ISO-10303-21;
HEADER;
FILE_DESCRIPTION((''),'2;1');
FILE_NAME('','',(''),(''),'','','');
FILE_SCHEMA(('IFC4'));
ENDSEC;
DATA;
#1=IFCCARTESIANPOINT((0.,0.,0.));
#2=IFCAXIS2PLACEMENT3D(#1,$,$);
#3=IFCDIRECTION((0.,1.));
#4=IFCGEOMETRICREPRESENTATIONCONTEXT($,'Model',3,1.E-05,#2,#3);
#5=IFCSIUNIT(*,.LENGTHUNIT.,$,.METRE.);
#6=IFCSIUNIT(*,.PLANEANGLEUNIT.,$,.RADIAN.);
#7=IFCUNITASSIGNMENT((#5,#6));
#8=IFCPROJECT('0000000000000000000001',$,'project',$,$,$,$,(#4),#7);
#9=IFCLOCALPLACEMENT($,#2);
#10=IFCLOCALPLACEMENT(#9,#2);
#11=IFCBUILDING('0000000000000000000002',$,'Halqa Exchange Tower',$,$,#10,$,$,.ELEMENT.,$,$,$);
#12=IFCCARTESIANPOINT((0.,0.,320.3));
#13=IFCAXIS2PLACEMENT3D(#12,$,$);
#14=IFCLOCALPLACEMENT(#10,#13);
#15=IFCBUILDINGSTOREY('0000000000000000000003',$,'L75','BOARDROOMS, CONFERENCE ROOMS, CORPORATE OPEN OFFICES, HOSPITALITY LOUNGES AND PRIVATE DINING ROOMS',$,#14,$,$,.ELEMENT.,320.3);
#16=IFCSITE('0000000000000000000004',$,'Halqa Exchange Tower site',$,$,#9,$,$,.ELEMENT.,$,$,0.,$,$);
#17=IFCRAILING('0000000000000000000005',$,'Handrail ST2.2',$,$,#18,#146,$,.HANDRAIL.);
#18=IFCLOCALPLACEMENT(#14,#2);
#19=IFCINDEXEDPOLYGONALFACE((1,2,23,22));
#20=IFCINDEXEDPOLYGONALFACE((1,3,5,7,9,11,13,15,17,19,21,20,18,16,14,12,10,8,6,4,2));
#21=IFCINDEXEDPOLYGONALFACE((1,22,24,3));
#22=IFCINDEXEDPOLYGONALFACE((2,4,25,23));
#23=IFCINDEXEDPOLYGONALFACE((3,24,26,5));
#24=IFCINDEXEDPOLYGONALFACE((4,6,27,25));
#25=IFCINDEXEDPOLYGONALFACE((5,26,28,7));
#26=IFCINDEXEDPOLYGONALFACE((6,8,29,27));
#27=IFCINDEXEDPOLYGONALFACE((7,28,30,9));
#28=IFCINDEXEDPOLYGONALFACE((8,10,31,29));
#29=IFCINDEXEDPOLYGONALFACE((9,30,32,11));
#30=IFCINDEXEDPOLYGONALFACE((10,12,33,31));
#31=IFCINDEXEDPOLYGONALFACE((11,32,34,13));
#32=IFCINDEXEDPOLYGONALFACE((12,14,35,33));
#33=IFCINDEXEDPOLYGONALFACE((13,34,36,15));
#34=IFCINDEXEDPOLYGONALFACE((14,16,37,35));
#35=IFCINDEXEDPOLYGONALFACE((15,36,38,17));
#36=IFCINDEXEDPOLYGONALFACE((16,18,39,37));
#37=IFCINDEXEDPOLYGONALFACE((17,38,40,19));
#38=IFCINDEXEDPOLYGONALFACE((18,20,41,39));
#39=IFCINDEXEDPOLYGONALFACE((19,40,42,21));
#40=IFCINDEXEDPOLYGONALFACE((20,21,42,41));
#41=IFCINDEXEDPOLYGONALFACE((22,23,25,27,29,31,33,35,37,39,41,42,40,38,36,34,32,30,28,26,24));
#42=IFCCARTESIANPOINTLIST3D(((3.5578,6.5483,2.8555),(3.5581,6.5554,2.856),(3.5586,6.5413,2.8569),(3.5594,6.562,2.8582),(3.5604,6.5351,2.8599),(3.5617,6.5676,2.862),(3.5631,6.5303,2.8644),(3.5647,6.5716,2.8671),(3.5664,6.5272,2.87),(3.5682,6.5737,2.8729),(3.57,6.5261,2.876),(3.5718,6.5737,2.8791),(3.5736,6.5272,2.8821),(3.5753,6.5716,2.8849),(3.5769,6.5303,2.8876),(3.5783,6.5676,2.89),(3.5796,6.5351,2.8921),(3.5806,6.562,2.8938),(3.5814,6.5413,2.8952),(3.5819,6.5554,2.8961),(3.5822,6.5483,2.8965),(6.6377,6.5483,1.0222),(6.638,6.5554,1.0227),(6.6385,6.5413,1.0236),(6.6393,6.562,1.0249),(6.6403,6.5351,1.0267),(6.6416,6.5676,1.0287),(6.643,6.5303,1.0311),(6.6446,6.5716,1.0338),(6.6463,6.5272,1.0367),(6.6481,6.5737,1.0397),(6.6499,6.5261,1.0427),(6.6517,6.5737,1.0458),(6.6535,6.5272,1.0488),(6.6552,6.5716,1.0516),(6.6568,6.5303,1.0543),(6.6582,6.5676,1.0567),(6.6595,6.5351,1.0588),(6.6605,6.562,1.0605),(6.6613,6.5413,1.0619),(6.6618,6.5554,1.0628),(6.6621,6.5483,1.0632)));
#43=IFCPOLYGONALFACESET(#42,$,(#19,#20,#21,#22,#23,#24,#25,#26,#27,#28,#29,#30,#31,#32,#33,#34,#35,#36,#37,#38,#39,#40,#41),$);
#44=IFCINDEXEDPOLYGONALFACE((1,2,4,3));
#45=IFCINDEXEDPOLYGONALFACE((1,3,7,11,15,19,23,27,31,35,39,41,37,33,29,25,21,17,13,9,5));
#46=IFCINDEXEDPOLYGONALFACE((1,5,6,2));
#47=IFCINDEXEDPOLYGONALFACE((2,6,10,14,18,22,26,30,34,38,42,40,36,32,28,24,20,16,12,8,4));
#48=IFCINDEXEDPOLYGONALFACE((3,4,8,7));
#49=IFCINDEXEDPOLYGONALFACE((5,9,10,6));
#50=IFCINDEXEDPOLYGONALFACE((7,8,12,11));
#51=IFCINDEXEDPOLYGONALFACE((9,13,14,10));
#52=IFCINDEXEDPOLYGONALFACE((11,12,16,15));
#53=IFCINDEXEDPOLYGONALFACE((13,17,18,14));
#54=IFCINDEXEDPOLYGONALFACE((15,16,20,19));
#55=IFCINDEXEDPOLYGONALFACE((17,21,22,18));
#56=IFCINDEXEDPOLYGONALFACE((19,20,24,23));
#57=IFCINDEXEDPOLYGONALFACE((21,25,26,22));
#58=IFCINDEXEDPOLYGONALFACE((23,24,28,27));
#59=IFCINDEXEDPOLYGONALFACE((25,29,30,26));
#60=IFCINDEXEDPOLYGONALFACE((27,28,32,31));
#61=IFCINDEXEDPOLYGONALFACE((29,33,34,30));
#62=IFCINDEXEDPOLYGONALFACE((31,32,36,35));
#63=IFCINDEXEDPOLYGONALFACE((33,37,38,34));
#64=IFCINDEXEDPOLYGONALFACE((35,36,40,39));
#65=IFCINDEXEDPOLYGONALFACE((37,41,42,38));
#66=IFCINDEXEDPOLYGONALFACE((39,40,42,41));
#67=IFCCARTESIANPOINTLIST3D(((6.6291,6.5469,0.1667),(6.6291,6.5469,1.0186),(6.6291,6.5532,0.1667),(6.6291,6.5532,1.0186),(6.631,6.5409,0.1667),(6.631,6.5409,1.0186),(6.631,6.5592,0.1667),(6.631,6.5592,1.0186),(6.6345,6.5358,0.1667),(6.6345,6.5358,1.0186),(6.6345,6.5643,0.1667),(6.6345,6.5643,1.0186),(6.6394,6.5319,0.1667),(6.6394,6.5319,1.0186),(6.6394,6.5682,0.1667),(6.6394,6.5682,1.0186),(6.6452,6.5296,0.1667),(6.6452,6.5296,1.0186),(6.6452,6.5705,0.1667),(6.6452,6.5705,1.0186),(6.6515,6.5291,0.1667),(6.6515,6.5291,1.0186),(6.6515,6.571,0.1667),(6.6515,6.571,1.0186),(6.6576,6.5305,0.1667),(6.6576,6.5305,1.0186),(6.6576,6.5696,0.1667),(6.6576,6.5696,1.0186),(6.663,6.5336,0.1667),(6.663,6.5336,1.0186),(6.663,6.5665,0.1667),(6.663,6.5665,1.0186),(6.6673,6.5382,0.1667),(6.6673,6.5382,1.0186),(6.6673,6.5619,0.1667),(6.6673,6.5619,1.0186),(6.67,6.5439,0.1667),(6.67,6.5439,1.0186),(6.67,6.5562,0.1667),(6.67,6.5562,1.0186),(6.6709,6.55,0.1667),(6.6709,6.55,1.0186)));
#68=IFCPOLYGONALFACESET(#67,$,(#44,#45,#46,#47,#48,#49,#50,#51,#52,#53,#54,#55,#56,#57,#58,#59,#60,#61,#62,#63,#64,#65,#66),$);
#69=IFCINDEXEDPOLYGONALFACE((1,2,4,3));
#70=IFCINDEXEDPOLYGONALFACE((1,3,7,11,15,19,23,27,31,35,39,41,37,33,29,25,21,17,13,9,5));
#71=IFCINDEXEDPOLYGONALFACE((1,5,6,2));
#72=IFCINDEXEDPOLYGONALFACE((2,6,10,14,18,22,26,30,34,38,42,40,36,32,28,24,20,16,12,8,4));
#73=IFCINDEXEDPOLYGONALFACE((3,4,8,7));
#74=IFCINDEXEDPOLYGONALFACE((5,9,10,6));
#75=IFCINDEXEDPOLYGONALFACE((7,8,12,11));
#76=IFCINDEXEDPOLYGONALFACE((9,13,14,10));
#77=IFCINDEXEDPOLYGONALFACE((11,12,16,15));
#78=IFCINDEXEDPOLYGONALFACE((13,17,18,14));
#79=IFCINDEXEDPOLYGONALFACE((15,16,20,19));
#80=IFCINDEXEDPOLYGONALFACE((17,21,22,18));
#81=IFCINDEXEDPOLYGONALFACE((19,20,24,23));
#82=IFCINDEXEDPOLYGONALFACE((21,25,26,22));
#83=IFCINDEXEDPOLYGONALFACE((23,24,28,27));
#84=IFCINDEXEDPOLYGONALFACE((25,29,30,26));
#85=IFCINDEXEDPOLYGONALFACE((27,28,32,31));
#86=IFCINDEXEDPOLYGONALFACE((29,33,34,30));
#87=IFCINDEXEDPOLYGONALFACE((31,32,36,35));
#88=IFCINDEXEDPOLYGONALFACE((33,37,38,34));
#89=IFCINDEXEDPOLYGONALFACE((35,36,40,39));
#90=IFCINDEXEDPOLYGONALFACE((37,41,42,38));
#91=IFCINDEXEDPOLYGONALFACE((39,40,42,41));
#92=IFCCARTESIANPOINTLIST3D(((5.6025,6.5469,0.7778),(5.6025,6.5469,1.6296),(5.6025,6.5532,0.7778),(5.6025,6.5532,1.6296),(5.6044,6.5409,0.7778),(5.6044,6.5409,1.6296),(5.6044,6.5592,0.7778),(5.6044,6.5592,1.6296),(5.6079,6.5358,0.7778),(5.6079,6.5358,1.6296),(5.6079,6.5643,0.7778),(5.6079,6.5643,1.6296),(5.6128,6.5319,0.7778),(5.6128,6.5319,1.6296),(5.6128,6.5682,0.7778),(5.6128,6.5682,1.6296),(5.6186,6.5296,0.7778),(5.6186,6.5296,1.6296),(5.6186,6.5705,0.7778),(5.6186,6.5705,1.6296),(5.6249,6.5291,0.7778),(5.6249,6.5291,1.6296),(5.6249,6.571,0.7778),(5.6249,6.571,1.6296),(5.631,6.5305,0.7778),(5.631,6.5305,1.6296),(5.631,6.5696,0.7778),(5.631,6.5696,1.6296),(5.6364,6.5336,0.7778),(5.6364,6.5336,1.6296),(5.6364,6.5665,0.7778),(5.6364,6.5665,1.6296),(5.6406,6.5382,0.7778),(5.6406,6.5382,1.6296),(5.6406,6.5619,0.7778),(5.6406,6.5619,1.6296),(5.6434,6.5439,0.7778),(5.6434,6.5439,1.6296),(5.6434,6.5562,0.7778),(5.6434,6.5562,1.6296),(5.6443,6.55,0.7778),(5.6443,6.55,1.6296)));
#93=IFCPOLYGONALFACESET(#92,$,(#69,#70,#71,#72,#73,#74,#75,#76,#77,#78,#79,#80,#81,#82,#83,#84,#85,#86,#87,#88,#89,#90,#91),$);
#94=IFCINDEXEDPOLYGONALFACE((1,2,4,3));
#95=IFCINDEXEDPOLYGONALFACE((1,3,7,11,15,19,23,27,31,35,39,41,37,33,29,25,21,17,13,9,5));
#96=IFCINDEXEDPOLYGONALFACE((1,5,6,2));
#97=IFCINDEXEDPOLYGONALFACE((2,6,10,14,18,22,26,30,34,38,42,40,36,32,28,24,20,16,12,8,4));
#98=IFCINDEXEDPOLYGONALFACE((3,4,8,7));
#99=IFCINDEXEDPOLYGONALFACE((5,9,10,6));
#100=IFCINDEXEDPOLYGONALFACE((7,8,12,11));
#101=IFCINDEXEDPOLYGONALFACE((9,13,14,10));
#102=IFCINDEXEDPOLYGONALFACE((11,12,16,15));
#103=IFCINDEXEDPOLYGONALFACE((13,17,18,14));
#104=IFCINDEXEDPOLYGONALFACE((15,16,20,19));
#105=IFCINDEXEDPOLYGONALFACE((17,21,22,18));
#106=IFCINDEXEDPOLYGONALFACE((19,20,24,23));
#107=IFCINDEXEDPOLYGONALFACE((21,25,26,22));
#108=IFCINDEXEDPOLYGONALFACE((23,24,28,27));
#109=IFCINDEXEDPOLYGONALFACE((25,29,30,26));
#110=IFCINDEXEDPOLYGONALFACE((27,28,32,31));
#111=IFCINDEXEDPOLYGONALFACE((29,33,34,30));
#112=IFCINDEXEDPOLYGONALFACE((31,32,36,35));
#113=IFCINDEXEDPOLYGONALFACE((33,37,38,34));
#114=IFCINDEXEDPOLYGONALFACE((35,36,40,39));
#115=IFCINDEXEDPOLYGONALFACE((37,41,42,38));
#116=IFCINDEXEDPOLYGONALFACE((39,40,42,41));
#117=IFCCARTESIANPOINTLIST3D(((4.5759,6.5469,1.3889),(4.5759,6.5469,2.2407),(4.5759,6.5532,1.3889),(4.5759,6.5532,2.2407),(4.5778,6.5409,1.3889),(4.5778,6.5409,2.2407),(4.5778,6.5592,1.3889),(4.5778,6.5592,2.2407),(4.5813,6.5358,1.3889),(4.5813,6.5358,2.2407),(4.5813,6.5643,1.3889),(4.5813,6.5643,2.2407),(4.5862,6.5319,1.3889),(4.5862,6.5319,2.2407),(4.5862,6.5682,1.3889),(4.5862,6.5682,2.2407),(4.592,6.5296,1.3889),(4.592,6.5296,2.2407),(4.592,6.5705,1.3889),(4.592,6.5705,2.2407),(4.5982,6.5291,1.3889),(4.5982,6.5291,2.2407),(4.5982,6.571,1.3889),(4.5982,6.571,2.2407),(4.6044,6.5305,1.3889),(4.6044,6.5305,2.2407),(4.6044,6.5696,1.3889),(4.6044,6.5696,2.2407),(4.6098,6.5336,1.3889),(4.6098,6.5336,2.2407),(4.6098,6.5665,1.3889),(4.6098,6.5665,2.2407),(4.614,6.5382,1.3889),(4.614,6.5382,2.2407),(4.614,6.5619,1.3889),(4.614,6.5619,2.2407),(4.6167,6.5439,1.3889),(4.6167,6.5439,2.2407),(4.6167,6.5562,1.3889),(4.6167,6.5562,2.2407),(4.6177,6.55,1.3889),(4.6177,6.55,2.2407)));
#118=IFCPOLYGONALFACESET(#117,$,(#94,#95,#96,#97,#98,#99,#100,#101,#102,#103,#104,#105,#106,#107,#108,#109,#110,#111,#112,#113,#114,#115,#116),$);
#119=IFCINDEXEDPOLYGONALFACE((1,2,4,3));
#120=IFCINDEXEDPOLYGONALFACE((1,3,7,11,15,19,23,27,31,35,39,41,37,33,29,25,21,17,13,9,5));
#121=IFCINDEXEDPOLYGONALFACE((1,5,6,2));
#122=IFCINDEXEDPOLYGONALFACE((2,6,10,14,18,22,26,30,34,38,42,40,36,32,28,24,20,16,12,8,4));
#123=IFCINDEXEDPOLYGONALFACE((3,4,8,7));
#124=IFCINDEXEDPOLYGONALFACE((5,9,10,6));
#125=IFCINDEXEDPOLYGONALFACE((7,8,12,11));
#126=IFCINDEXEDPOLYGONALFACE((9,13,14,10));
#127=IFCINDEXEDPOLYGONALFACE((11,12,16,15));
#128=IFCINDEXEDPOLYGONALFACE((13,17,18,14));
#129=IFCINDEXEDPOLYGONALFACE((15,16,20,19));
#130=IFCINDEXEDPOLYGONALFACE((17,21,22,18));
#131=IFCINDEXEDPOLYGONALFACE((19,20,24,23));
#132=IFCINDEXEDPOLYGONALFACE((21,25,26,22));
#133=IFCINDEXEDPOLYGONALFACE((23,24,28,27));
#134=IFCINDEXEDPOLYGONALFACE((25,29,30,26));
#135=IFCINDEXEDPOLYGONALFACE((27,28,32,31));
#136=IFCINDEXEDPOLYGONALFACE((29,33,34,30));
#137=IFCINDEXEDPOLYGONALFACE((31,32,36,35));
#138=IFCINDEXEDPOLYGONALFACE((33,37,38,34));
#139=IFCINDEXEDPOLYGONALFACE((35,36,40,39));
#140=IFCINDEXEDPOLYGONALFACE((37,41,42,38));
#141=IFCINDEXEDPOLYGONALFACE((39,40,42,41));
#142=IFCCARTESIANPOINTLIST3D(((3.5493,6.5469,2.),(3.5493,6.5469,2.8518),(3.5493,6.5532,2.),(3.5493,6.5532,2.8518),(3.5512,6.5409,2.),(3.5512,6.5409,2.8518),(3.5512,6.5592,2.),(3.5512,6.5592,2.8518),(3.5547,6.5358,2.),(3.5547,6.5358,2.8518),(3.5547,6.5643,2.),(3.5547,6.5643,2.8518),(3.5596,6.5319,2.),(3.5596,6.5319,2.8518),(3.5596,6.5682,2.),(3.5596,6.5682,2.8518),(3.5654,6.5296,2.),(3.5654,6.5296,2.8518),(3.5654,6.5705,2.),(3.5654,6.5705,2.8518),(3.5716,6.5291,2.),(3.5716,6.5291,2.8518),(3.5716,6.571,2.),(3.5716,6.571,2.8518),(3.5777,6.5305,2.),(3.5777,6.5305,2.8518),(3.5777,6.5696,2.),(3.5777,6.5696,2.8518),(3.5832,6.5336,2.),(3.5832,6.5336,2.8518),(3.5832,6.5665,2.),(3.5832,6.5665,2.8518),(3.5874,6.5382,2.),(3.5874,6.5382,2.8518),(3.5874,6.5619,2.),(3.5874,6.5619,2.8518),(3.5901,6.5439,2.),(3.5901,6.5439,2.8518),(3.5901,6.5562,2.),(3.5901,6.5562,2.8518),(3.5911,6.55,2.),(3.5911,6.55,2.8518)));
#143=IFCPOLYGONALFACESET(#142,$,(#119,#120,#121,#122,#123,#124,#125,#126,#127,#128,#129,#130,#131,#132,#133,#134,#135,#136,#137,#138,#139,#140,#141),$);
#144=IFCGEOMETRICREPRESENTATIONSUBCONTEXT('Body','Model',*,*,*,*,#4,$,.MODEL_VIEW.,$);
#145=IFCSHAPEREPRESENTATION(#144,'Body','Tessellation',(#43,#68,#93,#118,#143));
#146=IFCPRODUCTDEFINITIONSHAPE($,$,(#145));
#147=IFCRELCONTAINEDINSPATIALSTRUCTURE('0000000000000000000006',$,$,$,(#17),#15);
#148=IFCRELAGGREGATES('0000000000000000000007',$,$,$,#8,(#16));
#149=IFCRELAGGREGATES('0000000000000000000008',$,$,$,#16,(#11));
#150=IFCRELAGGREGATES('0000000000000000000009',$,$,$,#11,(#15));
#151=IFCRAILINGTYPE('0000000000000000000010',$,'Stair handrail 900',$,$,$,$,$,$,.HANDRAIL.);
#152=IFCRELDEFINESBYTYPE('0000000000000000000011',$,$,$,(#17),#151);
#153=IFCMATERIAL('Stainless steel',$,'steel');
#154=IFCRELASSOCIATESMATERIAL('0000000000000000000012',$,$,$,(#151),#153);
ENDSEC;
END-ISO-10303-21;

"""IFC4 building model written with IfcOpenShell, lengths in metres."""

from ifc_helpers import new_model, si_unit, direction, frame, origin, origin_2d, place, context, subcontext, project, spatial, circle, extrude, material, type_object, element, save


model = new_model("IFC4")

# Units and contexts
model_context = context("Model", 3, precision=1e-05, world=origin(), true_north=direction((0.0, 1.0)))
body_context = subcontext(model_context, "Body", "Model", "MODEL_VIEW")
ifc_project = project(units=[si_unit("LENGTHUNIT", "METRE"), si_unit("PLANEANGLEUNIT", "RADIAN")], contexts=[model_context])

# Site, building, storey
site_placement = place(None, origin())
site = spatial("IfcSite", under=ifc_project, at=site_placement, Name="Halqa Exchange Tower site", CompositionType="ELEMENT", RefElevation=0.0)
building_placement = place(site_placement, origin())
building = spatial("IfcBuilding", under=site, at=building_placement, Name="Halqa Exchange Tower", CompositionType="ELEMENT")
storey_placement = place(building_placement, frame((0.0, 0.0, 320.3)))
storey = spatial("IfcBuildingStorey", under=building, at=storey_placement, Name="L75", Description="BOARDROOMS, CONFERENCE ROOMS, CORPORATE OPEN OFFICES, HOSPITALITY LOUNGES AND PRIVATE DINING ROOMS", CompositionType="ELEMENT", Elevation=320.3)

# Railing
ifc_material_1 = material(Name="Stainless steel", Category="steel")
railing_type_1 = type_object("IfcRailingType", Name="Stair handrail 900", PredefinedType="HANDRAIL", material=ifc_material_1)
railing_1_placement = place(storey_placement, frame((6.6499, 6.55, 0.1667)))
element("IfcRailing", 1, at=railing_1_placement, inside=storey, type_object=railing_type_1, Name="Handrail ST2.2", PredefinedType="HANDRAIL", context=body_context, shape_type="SweptSolid", body=[
    extrude(circle(Radius=0.0239, at=origin_2d()), frame((0.0, 0.0, 0.876), z_axis=(-0.859291, 0.0, 0.511487), x_axis=(0.0, -1.0, 0.0)), (0.0, 0.0, 1.0), 3.5842),
    extrude(circle(Radius=0.021, at=origin_2d()), origin(), (0.0, 0.0, 1.0), 0.8518),
    extrude(circle(Radius=0.021, at=origin_2d()), frame((-1.0266, 0.0, 0.6111)), (0.0, 0.0, 1.0), 0.8518),
    extrude(circle(Radius=0.021, at=origin_2d()), frame((-2.0532, 0.0, 1.2222)), (0.0, 0.0, 1.0), 0.8518),
    extrude(circle(Radius=0.021, at=origin_2d()), frame((-3.0798, 0.0, 1.8333)), (0.0, 0.0, 1.0), 0.8518),
])

save(model, "model.ifc")
